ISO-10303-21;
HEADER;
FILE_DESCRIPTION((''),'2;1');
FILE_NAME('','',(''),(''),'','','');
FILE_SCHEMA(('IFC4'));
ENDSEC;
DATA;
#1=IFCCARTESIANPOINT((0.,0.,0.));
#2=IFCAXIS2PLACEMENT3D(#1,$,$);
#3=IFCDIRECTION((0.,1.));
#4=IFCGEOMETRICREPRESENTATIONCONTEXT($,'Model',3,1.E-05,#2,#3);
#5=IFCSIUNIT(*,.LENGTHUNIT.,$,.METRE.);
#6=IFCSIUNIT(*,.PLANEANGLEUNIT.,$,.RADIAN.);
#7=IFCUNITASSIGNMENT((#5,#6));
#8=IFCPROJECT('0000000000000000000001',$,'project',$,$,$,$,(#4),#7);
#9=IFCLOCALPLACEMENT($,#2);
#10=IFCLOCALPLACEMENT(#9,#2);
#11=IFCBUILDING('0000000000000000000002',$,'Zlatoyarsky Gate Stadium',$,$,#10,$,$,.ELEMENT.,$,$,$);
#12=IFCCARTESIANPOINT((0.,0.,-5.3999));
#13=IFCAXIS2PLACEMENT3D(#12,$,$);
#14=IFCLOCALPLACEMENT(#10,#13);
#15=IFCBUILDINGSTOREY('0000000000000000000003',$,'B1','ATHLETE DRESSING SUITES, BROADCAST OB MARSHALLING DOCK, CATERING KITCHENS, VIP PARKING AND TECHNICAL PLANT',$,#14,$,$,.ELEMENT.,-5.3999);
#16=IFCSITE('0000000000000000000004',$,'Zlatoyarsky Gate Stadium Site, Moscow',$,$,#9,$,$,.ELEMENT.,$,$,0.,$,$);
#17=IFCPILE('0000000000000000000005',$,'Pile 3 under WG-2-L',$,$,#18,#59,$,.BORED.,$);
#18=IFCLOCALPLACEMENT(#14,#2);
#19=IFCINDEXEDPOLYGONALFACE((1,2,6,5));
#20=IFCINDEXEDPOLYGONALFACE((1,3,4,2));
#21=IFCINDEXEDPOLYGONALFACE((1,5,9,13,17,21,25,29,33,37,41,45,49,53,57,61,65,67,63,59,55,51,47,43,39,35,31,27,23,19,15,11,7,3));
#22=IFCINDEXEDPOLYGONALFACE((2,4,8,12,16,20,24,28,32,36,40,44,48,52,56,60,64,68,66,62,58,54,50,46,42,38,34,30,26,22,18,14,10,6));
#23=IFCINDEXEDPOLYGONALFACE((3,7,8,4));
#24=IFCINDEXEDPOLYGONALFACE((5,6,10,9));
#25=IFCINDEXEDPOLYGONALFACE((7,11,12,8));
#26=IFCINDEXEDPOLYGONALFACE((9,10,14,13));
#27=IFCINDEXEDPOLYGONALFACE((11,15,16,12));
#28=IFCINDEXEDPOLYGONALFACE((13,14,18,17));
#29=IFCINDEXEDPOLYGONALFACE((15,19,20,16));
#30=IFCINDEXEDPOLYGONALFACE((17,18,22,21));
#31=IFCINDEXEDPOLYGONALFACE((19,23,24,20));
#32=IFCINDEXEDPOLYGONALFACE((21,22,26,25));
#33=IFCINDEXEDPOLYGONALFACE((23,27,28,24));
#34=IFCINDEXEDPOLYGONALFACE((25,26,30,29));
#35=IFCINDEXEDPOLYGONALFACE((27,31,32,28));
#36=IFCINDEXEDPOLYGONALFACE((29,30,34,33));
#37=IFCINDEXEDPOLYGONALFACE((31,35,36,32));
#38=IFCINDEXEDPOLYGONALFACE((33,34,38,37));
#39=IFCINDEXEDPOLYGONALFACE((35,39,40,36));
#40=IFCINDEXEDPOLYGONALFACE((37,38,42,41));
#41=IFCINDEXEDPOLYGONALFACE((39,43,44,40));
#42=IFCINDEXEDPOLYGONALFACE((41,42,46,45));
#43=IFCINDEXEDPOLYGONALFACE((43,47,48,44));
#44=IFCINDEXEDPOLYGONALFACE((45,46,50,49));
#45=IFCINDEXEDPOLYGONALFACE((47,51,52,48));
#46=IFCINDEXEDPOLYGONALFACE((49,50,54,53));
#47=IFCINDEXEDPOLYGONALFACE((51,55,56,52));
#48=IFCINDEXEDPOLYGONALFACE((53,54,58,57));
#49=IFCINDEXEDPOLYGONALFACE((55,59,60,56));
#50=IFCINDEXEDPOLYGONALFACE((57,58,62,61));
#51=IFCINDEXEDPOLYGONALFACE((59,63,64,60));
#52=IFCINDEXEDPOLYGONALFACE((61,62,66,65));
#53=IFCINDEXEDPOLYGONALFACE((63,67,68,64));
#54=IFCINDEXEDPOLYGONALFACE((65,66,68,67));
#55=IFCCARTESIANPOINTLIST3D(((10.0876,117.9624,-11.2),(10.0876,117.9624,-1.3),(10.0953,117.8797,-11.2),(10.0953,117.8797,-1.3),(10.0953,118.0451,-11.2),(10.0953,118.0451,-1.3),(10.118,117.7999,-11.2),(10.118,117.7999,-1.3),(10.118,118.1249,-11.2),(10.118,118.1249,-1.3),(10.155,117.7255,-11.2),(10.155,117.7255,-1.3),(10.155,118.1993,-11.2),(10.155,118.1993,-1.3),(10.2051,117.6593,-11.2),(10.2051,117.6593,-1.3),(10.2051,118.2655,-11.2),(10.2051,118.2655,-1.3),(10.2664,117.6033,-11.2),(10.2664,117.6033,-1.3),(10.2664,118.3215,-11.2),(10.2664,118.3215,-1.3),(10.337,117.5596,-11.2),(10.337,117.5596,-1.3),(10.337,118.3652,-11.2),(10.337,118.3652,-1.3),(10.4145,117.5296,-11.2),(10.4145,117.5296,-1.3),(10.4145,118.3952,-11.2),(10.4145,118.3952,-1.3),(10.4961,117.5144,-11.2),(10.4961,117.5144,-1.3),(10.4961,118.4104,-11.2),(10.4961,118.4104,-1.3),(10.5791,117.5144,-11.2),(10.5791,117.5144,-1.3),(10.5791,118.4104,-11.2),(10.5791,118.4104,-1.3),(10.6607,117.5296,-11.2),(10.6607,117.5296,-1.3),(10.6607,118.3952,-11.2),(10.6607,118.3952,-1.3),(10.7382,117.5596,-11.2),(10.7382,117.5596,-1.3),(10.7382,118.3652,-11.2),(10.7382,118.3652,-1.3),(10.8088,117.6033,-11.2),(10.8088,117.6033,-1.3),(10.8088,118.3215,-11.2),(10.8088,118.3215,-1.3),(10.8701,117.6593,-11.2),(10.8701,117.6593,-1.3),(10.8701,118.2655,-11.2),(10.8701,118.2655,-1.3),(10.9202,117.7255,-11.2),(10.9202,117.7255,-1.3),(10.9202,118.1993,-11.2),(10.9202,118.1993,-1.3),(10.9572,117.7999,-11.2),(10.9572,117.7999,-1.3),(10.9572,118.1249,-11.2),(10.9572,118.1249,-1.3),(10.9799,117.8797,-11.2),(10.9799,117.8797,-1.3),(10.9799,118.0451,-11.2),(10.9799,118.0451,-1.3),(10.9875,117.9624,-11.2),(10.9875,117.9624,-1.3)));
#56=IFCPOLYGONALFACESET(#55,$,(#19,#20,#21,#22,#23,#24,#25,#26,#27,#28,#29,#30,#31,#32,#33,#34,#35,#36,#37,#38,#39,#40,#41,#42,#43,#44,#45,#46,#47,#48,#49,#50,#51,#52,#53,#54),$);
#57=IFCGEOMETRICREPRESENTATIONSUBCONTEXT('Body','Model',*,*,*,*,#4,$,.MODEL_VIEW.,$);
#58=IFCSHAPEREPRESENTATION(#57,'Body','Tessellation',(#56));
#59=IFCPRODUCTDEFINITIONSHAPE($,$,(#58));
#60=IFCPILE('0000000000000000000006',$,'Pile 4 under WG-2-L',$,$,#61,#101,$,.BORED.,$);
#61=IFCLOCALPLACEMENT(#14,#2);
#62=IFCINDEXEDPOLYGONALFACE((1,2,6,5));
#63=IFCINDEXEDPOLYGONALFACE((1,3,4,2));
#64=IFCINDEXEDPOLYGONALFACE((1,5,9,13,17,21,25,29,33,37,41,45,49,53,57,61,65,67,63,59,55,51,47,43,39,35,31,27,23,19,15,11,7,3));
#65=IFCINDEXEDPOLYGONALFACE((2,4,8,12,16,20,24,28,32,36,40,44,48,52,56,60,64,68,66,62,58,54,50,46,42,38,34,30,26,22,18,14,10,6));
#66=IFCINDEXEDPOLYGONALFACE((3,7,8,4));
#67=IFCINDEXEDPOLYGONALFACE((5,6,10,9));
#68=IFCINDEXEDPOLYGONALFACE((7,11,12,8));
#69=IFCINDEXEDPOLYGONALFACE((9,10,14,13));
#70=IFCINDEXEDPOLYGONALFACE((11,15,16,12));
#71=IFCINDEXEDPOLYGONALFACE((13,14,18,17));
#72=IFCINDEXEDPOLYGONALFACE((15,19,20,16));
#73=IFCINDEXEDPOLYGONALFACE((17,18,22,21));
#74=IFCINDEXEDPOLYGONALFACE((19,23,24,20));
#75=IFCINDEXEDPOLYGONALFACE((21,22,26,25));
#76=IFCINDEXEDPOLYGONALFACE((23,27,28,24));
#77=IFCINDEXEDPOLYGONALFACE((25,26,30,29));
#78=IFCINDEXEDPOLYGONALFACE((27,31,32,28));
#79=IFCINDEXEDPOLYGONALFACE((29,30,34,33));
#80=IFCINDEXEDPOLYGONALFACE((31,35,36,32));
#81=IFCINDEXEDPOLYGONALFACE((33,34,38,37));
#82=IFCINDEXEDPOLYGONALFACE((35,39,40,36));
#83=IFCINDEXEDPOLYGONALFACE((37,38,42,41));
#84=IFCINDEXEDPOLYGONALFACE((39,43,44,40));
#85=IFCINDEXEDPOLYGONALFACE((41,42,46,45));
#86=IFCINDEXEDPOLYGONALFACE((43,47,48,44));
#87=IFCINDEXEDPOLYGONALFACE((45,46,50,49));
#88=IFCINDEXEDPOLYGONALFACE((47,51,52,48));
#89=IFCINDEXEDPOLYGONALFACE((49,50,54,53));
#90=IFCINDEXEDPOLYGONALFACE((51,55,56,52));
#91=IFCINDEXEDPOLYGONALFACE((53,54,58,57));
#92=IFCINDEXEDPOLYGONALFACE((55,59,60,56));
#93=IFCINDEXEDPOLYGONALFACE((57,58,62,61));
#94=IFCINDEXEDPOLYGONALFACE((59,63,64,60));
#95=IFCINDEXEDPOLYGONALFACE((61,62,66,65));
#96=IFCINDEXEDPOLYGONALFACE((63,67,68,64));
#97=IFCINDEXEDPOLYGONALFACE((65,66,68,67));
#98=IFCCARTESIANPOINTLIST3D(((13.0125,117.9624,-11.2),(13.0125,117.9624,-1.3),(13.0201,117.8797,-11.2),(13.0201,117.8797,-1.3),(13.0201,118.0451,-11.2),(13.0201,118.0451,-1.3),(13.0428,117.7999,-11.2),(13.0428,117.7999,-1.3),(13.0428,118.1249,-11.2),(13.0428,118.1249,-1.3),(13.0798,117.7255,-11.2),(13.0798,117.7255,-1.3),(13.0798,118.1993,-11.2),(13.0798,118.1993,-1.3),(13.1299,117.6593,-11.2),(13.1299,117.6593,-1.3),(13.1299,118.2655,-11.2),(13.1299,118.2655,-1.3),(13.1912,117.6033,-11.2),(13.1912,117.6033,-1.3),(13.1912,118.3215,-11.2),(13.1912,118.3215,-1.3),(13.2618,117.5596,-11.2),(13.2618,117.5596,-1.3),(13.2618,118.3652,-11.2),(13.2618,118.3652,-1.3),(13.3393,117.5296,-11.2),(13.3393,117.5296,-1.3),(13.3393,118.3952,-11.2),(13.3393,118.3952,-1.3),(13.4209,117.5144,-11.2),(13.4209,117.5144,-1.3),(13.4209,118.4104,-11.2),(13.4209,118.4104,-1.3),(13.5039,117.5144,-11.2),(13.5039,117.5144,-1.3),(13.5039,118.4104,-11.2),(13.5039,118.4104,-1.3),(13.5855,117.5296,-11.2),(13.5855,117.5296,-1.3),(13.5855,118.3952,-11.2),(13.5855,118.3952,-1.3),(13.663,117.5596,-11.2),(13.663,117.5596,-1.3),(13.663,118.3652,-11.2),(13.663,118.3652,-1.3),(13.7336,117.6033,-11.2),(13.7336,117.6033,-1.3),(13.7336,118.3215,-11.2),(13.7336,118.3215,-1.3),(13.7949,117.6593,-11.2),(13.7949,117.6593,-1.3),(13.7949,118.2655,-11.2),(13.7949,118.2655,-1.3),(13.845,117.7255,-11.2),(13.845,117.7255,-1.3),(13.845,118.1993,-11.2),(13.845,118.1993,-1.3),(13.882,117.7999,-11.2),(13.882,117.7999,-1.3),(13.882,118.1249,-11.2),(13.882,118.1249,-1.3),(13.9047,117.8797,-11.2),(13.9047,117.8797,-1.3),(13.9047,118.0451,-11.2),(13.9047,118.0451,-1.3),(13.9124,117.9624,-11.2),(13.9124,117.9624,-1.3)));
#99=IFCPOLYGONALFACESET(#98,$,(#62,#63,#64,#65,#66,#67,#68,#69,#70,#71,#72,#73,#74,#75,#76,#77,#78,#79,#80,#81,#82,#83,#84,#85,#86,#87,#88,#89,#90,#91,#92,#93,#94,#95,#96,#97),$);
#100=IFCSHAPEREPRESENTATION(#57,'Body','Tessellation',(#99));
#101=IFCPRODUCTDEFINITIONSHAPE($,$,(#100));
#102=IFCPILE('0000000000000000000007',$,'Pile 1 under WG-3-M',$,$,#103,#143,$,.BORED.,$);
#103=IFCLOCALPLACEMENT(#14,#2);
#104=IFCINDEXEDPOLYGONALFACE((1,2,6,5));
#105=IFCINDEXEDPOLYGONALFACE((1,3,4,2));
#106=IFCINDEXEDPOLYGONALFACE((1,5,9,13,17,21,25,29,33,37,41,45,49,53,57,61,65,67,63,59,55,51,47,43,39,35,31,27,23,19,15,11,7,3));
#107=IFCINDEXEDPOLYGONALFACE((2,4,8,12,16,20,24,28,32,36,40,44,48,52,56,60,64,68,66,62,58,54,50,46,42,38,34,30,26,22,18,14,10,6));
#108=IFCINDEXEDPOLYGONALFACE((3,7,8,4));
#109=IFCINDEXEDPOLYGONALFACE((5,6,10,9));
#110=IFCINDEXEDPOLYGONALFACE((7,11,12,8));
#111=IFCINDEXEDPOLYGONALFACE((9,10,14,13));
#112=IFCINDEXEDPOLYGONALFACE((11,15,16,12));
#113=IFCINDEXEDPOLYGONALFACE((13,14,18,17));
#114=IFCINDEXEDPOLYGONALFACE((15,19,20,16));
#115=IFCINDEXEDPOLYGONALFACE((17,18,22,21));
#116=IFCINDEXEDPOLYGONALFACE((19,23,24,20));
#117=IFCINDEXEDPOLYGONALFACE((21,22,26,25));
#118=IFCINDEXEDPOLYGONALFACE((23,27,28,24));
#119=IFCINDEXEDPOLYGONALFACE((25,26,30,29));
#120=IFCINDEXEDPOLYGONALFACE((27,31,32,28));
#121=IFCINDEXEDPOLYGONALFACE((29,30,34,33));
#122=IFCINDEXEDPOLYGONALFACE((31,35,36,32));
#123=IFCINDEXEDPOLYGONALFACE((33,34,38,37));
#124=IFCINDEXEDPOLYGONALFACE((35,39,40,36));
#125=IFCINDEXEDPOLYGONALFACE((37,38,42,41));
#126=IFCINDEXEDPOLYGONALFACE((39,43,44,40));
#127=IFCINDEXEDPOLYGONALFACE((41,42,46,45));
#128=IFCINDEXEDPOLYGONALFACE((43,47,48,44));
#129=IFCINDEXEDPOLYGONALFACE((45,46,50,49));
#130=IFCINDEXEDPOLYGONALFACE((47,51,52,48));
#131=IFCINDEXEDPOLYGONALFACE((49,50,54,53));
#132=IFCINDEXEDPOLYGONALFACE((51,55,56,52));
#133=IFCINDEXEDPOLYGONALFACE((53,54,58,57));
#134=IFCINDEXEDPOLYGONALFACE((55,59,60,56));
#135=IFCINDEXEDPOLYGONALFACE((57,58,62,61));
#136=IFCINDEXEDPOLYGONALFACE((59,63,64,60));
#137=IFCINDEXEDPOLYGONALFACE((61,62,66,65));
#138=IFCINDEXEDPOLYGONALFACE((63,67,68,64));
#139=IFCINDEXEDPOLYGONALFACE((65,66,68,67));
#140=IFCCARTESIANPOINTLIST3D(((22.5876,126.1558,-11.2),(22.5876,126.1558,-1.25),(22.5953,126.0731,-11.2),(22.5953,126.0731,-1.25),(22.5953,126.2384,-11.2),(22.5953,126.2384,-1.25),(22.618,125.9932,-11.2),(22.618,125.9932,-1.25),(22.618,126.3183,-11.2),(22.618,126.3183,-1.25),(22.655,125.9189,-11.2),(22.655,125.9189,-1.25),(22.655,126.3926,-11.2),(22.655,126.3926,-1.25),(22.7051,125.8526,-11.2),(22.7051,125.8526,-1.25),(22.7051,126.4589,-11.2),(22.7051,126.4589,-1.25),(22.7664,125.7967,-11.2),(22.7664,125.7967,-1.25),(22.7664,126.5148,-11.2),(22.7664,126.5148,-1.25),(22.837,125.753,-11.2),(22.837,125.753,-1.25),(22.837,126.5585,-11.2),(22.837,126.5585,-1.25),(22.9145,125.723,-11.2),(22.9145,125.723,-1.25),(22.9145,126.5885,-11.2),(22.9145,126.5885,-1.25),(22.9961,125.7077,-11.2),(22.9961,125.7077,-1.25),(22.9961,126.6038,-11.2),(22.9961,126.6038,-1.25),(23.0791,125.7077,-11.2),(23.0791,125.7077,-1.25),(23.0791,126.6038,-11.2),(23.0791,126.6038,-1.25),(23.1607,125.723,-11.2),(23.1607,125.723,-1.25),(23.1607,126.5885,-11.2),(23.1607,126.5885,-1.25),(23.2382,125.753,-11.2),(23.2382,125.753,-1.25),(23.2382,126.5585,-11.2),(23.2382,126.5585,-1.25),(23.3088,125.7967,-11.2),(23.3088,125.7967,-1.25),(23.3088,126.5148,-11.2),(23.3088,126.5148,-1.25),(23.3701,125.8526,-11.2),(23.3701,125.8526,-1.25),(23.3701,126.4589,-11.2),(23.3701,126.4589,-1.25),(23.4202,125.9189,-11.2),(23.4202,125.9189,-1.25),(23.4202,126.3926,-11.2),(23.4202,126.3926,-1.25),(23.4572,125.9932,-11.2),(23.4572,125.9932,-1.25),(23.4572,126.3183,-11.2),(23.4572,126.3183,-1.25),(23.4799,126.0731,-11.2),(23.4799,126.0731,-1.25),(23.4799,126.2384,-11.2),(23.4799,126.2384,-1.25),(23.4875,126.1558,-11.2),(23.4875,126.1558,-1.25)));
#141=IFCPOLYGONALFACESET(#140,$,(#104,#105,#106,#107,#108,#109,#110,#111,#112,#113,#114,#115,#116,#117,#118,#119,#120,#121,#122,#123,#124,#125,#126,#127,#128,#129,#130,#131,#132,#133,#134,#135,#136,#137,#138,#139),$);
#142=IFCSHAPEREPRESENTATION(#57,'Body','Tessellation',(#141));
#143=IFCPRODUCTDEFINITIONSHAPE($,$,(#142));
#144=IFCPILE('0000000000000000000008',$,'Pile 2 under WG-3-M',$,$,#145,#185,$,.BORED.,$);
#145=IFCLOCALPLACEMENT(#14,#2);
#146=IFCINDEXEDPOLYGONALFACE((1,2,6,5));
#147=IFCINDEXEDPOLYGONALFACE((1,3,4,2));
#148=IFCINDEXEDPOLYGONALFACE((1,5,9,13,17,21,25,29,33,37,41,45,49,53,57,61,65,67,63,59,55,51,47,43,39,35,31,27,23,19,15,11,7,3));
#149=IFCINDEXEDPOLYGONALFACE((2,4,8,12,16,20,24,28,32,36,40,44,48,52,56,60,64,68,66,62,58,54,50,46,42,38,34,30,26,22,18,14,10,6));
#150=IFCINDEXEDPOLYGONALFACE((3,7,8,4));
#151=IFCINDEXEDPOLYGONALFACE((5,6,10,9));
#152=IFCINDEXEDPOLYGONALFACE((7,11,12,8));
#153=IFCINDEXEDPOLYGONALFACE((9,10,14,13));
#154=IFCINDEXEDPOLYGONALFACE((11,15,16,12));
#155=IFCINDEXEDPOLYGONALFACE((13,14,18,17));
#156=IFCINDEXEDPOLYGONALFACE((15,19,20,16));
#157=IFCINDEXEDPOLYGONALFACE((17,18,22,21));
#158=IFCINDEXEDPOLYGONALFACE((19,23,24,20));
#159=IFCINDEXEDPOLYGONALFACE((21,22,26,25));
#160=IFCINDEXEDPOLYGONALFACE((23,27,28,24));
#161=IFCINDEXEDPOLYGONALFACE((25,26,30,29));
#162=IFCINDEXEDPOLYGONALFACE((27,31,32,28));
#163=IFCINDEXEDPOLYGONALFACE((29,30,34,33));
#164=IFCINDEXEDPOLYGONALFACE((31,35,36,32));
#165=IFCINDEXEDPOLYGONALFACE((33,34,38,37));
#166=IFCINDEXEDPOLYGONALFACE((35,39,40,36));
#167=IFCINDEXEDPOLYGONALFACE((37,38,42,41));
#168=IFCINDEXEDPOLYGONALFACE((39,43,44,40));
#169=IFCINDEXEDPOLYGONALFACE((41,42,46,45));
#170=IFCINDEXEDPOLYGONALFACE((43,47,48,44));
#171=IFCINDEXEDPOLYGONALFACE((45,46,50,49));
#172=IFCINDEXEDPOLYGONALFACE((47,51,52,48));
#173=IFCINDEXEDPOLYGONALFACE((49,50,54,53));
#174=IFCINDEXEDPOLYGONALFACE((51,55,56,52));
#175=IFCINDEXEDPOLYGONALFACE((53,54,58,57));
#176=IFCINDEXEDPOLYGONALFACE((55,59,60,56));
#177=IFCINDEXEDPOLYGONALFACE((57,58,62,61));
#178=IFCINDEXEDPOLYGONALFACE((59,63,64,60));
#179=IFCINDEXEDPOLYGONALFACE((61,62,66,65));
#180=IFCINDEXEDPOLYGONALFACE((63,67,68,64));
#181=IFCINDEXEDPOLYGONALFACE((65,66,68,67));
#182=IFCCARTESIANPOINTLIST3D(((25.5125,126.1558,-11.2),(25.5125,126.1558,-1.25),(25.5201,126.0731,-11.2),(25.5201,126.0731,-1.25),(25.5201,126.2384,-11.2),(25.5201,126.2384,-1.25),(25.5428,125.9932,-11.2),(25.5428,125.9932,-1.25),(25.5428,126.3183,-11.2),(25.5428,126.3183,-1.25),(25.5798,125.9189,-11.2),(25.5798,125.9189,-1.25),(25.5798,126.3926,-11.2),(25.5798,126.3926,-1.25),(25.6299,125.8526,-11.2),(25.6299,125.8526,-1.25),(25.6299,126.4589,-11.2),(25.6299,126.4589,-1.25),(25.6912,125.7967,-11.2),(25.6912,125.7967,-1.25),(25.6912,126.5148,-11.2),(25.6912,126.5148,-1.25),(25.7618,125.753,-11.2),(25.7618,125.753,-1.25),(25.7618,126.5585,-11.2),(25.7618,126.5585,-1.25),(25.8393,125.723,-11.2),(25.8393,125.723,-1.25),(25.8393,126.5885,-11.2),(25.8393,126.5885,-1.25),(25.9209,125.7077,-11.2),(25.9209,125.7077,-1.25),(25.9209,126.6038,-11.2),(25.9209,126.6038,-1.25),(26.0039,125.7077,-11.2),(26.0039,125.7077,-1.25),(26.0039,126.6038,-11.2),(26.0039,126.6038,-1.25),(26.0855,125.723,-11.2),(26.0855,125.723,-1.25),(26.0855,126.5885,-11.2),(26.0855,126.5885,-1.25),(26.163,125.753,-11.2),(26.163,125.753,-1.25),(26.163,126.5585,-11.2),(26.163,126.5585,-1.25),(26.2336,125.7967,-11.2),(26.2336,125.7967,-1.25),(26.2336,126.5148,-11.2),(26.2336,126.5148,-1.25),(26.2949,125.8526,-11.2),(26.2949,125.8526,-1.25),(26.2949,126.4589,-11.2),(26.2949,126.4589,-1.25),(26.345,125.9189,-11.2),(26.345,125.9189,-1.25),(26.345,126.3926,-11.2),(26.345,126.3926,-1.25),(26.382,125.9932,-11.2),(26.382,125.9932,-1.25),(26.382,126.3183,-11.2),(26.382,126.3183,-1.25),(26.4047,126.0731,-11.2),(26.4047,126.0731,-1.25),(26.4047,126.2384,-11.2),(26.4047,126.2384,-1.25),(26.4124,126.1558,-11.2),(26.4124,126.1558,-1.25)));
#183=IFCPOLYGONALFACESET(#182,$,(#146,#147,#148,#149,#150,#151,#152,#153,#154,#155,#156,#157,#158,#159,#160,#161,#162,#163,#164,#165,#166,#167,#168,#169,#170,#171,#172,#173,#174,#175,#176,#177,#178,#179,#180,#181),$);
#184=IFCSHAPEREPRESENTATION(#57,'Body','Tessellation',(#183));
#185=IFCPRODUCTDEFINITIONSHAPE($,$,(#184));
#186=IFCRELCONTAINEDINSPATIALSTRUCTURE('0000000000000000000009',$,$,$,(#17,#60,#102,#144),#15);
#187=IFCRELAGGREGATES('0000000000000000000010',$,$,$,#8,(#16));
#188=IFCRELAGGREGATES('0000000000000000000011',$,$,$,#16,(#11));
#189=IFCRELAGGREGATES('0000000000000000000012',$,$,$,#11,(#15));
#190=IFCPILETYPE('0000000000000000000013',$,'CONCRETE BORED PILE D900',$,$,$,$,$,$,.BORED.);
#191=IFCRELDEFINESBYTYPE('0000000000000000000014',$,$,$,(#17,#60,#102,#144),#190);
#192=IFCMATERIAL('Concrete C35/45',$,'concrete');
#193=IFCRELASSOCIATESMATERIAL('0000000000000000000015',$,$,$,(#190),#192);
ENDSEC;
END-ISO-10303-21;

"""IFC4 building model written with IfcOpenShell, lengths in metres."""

from ifc_helpers import new_model, si_unit, direction, frame, origin, origin_2d, place, context, subcontext, project, spatial, circle, extrude, material, material_profile, profile_set, type_object, element, save


model = new_model("IFC4")

# Units and contexts
model_context = context("Model", 3, precision=1e-05, world=origin(), true_north=direction((0.0, 1.0)))
body_context = subcontext(model_context, "Body", "Model", "MODEL_VIEW")
ifc_project = project(units=[si_unit("LENGTHUNIT", "METRE"), si_unit("PLANEANGLEUNIT", "RADIAN")], contexts=[model_context])

# Site, building, storey
site_placement = place(None, origin())
site = spatial("IfcSite", under=ifc_project, at=site_placement, Name="Zlatoyarsky Gate Stadium Site, Moscow", CompositionType="ELEMENT", RefElevation=0.0)
building_placement = place(site_placement, origin())
building = spatial("IfcBuilding", under=site, at=building_placement, Name="Zlatoyarsky Gate Stadium", CompositionType="ELEMENT")
storey_placement = place(building_placement, frame((0.0, 0.0, -5.3999)))
storey = spatial("IfcBuildingStorey", under=building, at=storey_placement, Name="B1", Description="ATHLETE DRESSING SUITES, BROADCAST OB MARSHALLING DOCK, CATERING KITCHENS, VIP PARKING AND TECHNICAL PLANT", CompositionType="ELEMENT", Elevation=-5.3999)

# Piles
ifc_material_1 = material(Name="Concrete C35/45", Category="concrete")
ifc_material_profile_1 = material_profile(ifc_material_1, circle(Radius=0.45, at=origin_2d()), Name="BORED PILE D900")
ifc_profile_set_1 = profile_set([ifc_material_profile_1], Name="Concrete C35/45")
pile_type_1 = type_object("IfcPileType", Name="CONCRETE BORED PILE D900", PredefinedType="BORED", material=ifc_profile_set_1)
for number, where, z_axis, x_axis, name in (
    (1, (10.5376, 117.9624, -1.3), (0.0, 0.0, -1.0), (1.0, 0.0, 0.0), "Pile 3 under WG-2-L"),
    (2, (13.4624, 117.9624, -1.3), (0.0, 0.0, -1.0), (1.0, 0.0, 0.0), "Pile 4 under WG-2-L"),
):
    element("IfcPile", number, at=place(storey_placement, frame(where, z_axis=z_axis, x_axis=x_axis)), inside=storey, type_object=pile_type_1, Name=name, PredefinedType="BORED", context=body_context, shape_type="SweptSolid", body=[
        extrude(circle(Radius=0.45, at=origin_2d()), origin(), (0.0, 0.0, 1.0), 9.8999),
    ])
for number, where, z_axis, x_axis, name in (
    (3, (23.0376, 126.1558, -1.25), (0.0, 0.0, -1.0), (1.0, 0.0, 0.0), "Pile 1 under WG-3-M"),
    (4, (25.9624, 126.1558, -1.25), (0.0, 0.0, -1.0), (1.0, 0.0, 0.0), "Pile 2 under WG-3-M"),
):
    element("IfcPile", number, at=place(storey_placement, frame(where, z_axis=z_axis, x_axis=x_axis)), inside=storey, type_object=pile_type_1, Name=name, PredefinedType="BORED", context=body_context, shape_type="SweptSolid", body=[
        extrude(circle(Radius=0.45, at=origin_2d()), origin(), (0.0, 0.0, 1.0), 9.95),
    ])

save(model, "model.ifc")
